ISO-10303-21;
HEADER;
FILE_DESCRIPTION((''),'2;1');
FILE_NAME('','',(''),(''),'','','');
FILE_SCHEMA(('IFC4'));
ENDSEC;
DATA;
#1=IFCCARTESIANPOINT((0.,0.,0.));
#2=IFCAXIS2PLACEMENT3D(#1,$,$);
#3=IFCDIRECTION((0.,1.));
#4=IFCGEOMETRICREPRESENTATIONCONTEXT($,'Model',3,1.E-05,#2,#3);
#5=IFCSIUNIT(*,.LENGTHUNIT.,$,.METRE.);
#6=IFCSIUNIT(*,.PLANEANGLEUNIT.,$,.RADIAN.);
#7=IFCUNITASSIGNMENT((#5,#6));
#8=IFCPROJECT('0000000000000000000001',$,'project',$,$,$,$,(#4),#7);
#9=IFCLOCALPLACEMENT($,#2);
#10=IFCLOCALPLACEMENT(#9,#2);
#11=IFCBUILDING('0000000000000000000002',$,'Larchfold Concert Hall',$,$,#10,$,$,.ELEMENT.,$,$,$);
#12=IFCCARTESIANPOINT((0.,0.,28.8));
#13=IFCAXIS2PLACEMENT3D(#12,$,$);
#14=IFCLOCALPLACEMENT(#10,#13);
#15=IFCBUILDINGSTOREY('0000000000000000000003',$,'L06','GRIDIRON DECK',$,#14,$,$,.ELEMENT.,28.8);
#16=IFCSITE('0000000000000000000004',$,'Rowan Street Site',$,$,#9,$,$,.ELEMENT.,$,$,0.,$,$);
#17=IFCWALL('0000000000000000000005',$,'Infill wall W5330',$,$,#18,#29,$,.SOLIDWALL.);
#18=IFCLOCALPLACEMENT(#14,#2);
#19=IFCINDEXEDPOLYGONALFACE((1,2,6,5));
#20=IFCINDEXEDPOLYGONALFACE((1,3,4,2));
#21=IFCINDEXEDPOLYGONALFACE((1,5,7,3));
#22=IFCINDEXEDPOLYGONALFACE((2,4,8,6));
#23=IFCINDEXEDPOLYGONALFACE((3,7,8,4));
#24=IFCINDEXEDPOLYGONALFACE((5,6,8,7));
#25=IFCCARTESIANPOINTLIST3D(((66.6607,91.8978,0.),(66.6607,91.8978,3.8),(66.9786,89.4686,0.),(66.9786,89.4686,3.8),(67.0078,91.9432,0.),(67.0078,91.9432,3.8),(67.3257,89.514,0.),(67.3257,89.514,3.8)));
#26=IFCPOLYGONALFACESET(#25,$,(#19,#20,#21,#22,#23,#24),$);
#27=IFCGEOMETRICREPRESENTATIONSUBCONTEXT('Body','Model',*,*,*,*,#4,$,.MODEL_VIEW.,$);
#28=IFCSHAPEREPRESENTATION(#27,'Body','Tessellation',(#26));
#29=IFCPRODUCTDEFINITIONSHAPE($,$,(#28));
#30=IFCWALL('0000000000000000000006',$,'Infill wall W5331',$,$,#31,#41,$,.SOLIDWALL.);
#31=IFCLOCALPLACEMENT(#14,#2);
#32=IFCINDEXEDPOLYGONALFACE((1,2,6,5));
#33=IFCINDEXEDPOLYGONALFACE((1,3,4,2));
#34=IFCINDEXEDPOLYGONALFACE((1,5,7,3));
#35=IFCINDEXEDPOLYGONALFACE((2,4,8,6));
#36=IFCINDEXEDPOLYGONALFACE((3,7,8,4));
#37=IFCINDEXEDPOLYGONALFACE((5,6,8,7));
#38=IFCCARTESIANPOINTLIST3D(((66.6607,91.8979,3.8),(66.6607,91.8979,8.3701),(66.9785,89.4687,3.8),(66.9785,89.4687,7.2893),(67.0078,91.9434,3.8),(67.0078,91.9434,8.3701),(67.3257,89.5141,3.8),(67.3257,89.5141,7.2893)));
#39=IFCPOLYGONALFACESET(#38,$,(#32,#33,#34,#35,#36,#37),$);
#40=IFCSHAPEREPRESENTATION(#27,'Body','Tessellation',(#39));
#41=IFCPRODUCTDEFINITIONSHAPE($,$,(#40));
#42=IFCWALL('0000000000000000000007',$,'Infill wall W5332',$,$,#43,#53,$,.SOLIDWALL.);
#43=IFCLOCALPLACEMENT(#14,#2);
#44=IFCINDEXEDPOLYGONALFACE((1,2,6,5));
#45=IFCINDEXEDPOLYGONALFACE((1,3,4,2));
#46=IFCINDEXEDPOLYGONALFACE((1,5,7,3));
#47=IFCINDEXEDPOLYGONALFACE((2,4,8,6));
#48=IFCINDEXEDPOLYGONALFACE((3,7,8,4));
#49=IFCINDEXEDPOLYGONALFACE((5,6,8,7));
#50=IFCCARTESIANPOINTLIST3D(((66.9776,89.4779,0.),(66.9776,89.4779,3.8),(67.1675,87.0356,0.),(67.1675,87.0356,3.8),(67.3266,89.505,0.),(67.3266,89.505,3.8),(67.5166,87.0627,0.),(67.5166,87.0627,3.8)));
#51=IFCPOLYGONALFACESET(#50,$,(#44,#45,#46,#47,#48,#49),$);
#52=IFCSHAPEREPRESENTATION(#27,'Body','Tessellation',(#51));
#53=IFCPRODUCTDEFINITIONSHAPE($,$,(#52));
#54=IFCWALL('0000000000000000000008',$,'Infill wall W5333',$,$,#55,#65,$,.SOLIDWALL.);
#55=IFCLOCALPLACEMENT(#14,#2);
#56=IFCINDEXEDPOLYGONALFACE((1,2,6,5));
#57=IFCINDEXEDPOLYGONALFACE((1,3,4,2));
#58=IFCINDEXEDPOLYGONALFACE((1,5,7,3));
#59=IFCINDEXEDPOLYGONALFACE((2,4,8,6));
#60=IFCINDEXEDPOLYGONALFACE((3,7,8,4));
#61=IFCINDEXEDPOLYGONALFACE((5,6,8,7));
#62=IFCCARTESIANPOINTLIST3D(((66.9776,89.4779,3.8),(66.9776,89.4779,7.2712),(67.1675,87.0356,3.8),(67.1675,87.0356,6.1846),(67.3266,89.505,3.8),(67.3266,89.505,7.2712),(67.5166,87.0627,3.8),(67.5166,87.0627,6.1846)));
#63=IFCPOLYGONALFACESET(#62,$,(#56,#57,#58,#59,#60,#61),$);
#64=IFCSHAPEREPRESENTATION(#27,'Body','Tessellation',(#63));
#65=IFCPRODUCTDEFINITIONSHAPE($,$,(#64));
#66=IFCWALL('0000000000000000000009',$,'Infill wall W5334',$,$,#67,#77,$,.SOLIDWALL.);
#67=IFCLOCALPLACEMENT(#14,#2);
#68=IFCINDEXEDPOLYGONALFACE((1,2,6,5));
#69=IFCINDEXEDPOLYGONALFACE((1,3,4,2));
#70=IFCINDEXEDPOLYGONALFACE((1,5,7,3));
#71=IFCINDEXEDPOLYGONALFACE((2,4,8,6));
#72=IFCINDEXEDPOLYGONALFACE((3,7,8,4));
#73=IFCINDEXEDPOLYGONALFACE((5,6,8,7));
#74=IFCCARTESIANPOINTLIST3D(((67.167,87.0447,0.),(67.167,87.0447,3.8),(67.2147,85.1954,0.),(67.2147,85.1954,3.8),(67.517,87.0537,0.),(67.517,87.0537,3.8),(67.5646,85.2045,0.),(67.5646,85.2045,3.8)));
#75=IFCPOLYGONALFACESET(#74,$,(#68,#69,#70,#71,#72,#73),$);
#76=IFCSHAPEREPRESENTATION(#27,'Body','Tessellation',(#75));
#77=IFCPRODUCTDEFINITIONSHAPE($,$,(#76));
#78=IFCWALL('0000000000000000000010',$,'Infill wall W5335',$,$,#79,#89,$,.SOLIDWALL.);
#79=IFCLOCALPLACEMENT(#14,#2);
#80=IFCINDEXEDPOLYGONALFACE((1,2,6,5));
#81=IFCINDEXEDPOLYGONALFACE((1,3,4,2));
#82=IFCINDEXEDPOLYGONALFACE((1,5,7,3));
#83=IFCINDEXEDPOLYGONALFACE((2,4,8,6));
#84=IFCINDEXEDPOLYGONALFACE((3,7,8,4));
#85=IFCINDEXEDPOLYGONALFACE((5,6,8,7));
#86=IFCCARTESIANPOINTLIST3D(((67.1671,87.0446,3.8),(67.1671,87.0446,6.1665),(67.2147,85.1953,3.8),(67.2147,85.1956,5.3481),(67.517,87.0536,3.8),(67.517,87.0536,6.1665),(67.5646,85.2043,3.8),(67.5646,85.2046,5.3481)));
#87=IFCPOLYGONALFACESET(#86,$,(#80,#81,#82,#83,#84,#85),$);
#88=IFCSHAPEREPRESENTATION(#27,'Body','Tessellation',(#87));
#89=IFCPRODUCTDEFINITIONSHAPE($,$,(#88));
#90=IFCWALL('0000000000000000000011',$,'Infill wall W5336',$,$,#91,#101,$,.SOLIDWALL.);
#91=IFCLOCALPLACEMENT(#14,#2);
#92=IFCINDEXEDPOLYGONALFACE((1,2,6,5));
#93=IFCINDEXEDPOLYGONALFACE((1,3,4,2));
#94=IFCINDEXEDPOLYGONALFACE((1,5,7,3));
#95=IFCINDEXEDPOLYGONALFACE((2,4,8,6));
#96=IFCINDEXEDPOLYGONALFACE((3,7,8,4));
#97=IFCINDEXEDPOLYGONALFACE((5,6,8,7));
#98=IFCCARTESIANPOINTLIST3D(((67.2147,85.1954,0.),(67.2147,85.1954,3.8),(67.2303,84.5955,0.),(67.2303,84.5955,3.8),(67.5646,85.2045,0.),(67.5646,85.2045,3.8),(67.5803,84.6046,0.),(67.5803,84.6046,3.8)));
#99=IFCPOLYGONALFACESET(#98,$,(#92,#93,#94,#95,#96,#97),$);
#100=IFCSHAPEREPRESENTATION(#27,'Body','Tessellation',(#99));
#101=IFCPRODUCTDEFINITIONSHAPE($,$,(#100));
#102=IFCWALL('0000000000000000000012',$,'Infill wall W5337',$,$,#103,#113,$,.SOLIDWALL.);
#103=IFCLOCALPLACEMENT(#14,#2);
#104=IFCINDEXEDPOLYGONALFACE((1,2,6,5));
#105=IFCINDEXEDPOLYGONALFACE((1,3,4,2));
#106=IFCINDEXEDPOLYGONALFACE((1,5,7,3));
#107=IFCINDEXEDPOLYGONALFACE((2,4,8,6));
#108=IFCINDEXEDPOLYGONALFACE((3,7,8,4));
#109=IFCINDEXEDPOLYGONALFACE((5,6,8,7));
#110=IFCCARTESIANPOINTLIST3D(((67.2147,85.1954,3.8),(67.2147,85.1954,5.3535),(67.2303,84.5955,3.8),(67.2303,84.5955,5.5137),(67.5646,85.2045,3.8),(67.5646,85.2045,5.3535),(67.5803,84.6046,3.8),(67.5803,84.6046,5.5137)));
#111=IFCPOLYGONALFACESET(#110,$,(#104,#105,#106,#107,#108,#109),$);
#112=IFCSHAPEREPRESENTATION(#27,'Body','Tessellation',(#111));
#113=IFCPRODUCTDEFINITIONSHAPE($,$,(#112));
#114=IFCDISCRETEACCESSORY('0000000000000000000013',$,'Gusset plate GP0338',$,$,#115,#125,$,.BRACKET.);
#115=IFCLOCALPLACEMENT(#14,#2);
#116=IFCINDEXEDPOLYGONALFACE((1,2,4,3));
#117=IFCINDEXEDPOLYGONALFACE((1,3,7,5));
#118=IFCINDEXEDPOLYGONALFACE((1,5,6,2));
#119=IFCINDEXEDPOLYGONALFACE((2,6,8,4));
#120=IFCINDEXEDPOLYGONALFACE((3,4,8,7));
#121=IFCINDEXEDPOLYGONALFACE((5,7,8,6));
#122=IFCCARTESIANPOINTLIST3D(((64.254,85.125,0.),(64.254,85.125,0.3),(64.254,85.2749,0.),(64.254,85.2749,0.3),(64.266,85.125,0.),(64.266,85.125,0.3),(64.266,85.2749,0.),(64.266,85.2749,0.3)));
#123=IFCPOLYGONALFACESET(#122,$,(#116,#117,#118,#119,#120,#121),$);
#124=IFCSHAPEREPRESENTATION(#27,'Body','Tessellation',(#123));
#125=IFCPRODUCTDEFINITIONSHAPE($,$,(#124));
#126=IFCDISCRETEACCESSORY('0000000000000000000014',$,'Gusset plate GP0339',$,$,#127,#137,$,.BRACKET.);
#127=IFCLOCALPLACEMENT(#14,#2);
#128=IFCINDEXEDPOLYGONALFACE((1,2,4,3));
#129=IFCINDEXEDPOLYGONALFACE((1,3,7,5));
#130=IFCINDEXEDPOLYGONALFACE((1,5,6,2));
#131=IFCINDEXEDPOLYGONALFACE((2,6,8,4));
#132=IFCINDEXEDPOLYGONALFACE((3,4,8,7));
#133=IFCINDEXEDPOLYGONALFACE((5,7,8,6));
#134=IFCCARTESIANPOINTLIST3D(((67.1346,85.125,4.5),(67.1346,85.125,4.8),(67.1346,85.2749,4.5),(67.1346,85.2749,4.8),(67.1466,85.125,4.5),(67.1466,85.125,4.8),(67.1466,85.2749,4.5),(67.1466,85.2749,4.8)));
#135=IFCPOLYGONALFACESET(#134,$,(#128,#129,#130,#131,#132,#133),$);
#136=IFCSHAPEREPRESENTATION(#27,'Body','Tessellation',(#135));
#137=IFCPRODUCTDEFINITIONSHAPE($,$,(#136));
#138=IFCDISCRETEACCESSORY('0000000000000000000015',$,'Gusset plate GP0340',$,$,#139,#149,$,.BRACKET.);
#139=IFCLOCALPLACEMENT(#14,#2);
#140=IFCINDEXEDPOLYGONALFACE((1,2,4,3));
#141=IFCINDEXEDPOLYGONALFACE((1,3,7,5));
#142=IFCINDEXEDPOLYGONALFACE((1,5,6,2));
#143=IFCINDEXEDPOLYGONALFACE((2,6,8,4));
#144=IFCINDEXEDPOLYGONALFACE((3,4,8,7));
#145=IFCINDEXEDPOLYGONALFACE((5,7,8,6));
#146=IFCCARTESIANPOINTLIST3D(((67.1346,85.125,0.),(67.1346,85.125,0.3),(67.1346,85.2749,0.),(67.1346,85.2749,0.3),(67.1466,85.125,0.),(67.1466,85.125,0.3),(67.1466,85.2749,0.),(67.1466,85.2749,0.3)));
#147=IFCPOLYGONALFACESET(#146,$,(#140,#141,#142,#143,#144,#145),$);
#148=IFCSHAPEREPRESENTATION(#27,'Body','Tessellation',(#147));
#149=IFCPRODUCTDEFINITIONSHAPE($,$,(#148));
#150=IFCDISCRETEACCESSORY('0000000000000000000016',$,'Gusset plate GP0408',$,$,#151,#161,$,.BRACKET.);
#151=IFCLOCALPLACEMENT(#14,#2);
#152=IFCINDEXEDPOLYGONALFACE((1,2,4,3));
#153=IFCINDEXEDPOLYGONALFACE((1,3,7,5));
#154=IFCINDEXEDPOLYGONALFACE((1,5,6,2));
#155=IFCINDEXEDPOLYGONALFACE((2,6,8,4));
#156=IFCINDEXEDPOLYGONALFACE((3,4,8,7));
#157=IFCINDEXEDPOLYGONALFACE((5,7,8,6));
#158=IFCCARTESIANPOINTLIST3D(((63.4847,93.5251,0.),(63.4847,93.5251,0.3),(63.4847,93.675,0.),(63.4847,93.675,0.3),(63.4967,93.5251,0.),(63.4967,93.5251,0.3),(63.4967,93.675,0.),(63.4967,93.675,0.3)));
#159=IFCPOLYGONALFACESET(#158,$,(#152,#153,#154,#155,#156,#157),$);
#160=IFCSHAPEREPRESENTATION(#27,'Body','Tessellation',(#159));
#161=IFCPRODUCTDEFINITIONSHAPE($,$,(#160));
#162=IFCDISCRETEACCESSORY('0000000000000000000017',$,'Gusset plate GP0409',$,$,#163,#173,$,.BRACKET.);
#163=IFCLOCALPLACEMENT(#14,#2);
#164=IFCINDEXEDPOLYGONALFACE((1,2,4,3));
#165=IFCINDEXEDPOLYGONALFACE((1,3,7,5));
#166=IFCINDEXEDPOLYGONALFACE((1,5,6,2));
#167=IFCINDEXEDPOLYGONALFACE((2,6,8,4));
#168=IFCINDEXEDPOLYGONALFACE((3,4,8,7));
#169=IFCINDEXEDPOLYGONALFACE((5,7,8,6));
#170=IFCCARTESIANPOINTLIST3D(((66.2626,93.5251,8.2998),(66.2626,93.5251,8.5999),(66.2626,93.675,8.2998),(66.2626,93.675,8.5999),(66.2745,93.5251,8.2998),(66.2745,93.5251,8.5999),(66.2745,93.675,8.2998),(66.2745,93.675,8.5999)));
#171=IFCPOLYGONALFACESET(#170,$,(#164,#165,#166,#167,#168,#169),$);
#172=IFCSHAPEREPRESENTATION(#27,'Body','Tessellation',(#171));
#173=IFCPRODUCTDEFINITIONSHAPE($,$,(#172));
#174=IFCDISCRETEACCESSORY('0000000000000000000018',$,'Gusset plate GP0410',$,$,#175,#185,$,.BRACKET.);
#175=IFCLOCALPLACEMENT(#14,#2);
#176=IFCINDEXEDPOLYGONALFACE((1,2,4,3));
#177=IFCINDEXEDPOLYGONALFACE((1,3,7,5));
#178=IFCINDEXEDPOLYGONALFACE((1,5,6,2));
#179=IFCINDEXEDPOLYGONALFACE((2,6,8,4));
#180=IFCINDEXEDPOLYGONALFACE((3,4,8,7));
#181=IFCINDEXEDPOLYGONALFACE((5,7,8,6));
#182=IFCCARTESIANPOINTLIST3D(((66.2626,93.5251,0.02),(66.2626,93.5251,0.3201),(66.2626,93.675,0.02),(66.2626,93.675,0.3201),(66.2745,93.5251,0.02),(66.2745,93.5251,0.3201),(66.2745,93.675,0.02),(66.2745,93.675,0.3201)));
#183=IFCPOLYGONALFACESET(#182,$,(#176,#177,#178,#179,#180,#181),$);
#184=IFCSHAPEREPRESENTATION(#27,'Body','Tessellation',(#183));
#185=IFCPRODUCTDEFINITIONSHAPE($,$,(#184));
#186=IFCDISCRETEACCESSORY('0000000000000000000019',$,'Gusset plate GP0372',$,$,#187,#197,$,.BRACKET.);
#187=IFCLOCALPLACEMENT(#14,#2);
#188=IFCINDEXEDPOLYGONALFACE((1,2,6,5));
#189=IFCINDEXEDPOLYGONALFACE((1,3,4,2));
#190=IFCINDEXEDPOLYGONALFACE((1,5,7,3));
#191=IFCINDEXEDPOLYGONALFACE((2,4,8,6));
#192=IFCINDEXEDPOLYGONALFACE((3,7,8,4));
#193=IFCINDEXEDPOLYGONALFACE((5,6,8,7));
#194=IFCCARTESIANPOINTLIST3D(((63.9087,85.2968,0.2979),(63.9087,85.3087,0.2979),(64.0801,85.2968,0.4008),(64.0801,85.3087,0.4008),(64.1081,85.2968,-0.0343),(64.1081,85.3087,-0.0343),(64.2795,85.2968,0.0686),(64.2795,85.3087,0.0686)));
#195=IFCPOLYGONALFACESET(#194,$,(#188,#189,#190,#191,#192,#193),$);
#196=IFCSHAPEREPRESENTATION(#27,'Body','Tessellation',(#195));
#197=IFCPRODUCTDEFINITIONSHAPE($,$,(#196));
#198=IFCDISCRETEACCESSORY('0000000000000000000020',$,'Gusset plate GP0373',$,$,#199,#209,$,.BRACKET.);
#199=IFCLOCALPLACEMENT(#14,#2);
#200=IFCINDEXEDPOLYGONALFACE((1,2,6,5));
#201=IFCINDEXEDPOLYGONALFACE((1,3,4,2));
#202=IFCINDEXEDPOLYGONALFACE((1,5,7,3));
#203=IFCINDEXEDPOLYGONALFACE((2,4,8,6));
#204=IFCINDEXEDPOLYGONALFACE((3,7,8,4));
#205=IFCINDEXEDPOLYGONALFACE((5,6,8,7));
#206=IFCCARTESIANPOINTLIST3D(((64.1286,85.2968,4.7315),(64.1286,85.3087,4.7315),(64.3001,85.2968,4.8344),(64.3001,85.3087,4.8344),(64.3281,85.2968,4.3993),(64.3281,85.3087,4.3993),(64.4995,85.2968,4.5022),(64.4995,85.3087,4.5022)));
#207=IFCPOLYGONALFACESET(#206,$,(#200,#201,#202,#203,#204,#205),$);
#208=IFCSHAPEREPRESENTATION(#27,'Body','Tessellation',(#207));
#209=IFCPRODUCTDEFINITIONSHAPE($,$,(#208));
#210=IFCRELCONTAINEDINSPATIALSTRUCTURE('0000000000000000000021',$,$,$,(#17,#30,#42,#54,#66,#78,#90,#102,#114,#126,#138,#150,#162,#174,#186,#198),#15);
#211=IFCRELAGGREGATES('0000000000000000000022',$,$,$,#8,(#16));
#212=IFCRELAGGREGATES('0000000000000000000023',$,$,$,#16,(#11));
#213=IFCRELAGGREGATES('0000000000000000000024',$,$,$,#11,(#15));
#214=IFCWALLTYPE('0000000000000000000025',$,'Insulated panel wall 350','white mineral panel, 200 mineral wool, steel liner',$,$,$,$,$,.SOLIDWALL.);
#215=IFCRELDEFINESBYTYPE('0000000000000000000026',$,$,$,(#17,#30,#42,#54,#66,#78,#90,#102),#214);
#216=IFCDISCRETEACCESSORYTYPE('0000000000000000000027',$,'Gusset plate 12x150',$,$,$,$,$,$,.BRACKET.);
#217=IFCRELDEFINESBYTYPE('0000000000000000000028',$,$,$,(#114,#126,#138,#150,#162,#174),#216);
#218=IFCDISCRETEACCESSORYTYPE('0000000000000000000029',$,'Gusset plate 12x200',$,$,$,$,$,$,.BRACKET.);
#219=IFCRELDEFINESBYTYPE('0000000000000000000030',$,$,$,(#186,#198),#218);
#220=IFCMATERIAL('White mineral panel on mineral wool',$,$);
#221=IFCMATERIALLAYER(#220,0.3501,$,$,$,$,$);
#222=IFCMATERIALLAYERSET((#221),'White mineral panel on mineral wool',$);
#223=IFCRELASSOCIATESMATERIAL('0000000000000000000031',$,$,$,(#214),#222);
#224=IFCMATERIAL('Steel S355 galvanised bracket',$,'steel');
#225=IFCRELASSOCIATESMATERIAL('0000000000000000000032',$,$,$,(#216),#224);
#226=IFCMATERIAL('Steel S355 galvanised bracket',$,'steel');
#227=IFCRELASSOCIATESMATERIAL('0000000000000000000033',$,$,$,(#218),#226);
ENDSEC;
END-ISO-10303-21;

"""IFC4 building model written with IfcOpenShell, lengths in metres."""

from ifc_helpers import new_model, si_unit, direction, frame, frame_2d, origin, origin_2d, place, context, subcontext, project, spatial, polyline, rectangle, outline, extrude, material, layer, layer_set, material_profile, profile_set, type_object, element, save


model = new_model("IFC4")

# Units and contexts
model_context = context("Model", 3, precision=1e-05, world=origin(), true_north=direction((0.0, 1.0)))
body_context = subcontext(model_context, "Body", "Model", "MODEL_VIEW")
ifc_project = project(units=[si_unit("LENGTHUNIT", "METRE"), si_unit("PLANEANGLEUNIT", "RADIAN")], contexts=[model_context])

# Site, building, storey
site_placement = place(None, origin())
site = spatial("IfcSite", under=ifc_project, at=site_placement, Name="Rowan Street Site", CompositionType="ELEMENT", RefElevation=0.0)
building_placement = place(site_placement, origin())
building = spatial("IfcBuilding", under=site, at=building_placement, Name="Larchfold Concert Hall", CompositionType="ELEMENT")
storey_placement = place(building_placement, frame((0.0, 0.0, 28.8)))
storey = spatial("IfcBuildingStorey", under=building, at=storey_placement, Name="L06", Description="GRIDIRON DECK", CompositionType="ELEMENT", Elevation=28.8)

# Walls
ifc_material_1 = material(Name="White mineral panel on mineral wool")
ifc_layer_1 = layer(ifc_material_1, 0.3501)
ifc_layer_set_1 = layer_set([ifc_layer_1], Name="White mineral panel on mineral wool")
wall_type = type_object("IfcWallType", Name="Insulated panel wall 350", Description="white mineral panel, 200 mineral wool, steel liner", PredefinedType="SOLIDWALL", material=ifc_layer_set_1)
wall_1_placement = place(storey_placement, frame((66.8342, 91.9207, 0.0), z_axis=(0.0, 0.0, 1.0), x_axis=(0.129748, -0.991547, 0.0)))
element("IfcWall", 1, at=wall_1_placement, inside=storey, type_object=wall_type, Name="Infill wall W5330", PredefinedType="SOLIDWALL", context=body_context, shape_type="SweptSolid", body=[
    extrude(rectangle(XDim=2.45, YDim=0.3501, at=frame_2d((1.2251, 0.0))), origin(), (0.0, 0.0, 1.0), 3.8),
])
wall_2_placement = place(storey_placement, frame((66.8342, 91.9207, 3.8), z_axis=(0.0, 0.0, 1.0), x_axis=(0.129748, -0.991547, 0.0)))
element("IfcWall", 2, at=wall_2_placement, inside=storey, type_object=wall_type, Name="Infill wall W5331", PredefinedType="SOLIDWALL", context=body_context, shape_type="SweptSolid", body=[
    extrude(outline(polyline([(0.0, 0.0), (2.45, 0.0), (2.45, 3.4893), (0.0, 4.5701), (0.0, 0.0)])), frame((0.0, 0.175, 0.0), z_axis=(0.0, -1.0, 0.0), x_axis=(1.0, 0.0, 0.0)), (0.0, 0.0, 1.0), 0.3501),
])
wall_3_placement = place(storey_placement, frame((67.1521, 89.4915, 0.0), z_axis=(0.0, 0.0, 1.0), x_axis=(0.077535, -0.99699, 0.0)))
element("IfcWall", 3, at=wall_3_placement, inside=storey, type_object=wall_type, Name="Infill wall W5332", PredefinedType="SOLIDWALL", context=body_context, shape_type="SweptSolid", body=[
    extrude(rectangle(XDim=2.4497, YDim=0.3501, at=frame_2d((1.2249, 0.0))), origin(), (0.0, 0.0, 1.0), 3.8),
])
wall_4_placement = place(storey_placement, frame((67.1521, 89.4915, 3.8), z_axis=(0.0, 0.0, 1.0), x_axis=(0.077535, -0.99699, 0.0)))
element("IfcWall", 4, at=wall_4_placement, inside=storey, type_object=wall_type, Name="Infill wall W5333", PredefinedType="SOLIDWALL", context=body_context, shape_type="SweptSolid", body=[
    extrude(outline(polyline([(0.0, 0.0), (2.4497, 0.0), (2.4497, 2.3845), (0.0, 3.4712), (0.0, 0.0)])), frame((0.0, 0.175, 0.0), z_axis=(0.0, -1.0, 0.0), x_axis=(1.0, 0.0, 0.0)), (0.0, 0.0, 1.0), 0.3501),
])
wall_5_placement = place(storey_placement, frame((67.342, 87.0491, 0.0), z_axis=(0.0, 0.0, 1.0), x_axis=(0.025737, -0.999669, 0.0)))
element("IfcWall", 5, at=wall_5_placement, inside=storey, type_object=wall_type, Name="Infill wall W5334", PredefinedType="SOLIDWALL", context=body_context, shape_type="SweptSolid", body=[
    extrude(rectangle(XDim=1.8499, YDim=0.3501, at=frame_2d((0.9248, 0.0))), origin(), (0.0, 0.0, 1.0), 3.8),
])
wall_6_placement = place(storey_placement, frame((67.342, 87.0491, 3.8), z_axis=(0.0, 0.0, 1.0), x_axis=(0.025737, -0.999669, 0.0)))
element("IfcWall", 6, at=wall_6_placement, inside=storey, type_object=wall_type, Name="Infill wall W5335", PredefinedType="SOLIDWALL", context=body_context, shape_type="SweptSolid", body=[
    extrude(outline(polyline([(0.0, 0.0), (1.8499, 0.0), (1.8496, 1.5481), (0.0, 2.3665), (0.0, 0.0)])), frame((0.0, 0.175, 0.0), z_axis=(0.0, -1.0, 0.0), x_axis=(1.0, 0.0, 0.0)), (0.0, 0.0, 1.0), 0.3501),
])
wall_7_placement = place(storey_placement, frame((67.3896, 85.2, 0.0), z_axis=(0.0, 0.0, 1.0), x_axis=(0.026039, -0.999661, 0.0)))
element("IfcWall", 7, at=wall_7_placement, inside=storey, type_object=wall_type, Name="Infill wall W5336", PredefinedType="SOLIDWALL", context=body_context, shape_type="SweptSolid", body=[
    extrude(rectangle(XDim=0.6001, YDim=0.3501, at=frame_2d((0.3, 0.0))), origin(), (0.0, 0.0, 1.0), 3.8),
])
wall_8_placement = place(storey_placement, frame((67.3896, 85.2, 3.8), z_axis=(0.0, 0.0, 1.0), x_axis=(0.026039, -0.999661, 0.0)))
element("IfcWall", 8, at=wall_8_placement, inside=storey, type_object=wall_type, Name="Infill wall W5337", PredefinedType="SOLIDWALL", context=body_context, shape_type="SweptSolid", body=[
    extrude(outline(polyline([(0.0, 0.0), (0.6001, 0.0), (0.6001, 1.7136), (0.0, 1.5535), (0.0, 0.0)])), frame((0.0, 0.175, 0.0), z_axis=(0.0, -1.0, 0.0), x_axis=(1.0, 0.0, 0.0)), (0.0, 0.0, 1.0), 0.3501),
])

# Discrete accessories
ifc_material_2 = material(Name="Steel S355 galvanised bracket", Category="steel")
ifc_material_profile_1 = material_profile(ifc_material_2, rectangle(XDim=0.012, YDim=0.1499, at=origin_2d()))
ifc_profile_set_1 = profile_set([ifc_material_profile_1], Name="Steel S355 galvanised bracket")
discrete_accessory_type_1 = type_object("IfcDiscreteAccessoryType", Name="Gusset plate 12x150", PredefinedType="BRACKET", material=ifc_profile_set_1)
for number, where, z_axis, x_axis, name in (
    (9, (64.26, 85.2, 0.3), (0.0, 0.0, -1.0), (1.0, 0.0, 0.0), "Gusset plate GP0338"),
    (10, (67.1406, 85.2, 4.8), (0.0, 0.0, -1.0), (1.0, 0.0, 0.0), "Gusset plate GP0339"),
    (11, (67.1406, 85.2, 0.3), (0.0, 0.0, -1.0), (1.0, 0.0, 0.0), "Gusset plate GP0340"),
    (12, (63.4907, 93.6001, 0.3), (0.0, 0.0, -1.0), (1.0, 0.0, 0.0), "Gusset plate GP0408"),
    (13, (66.2686, 93.6001, 8.5999), (0.0, 0.0, -1.0), (1.0, 0.0, 0.0), "Gusset plate GP0409"),
    (14, (66.2686, 93.6001, 0.3201), (0.0, 0.0, -1.0), (1.0, 0.0, 0.0), "Gusset plate GP0410"),
):
    element("IfcDiscreteAccessory", number, at=place(storey_placement, frame(where, z_axis=z_axis, x_axis=x_axis)), inside=storey, type_object=discrete_accessory_type_1, Name=name, PredefinedType="BRACKET", context=body_context, shape_type="SweptSolid", body=[
        extrude(rectangle(XDim=0.012, YDim=0.1499, at=origin_2d()), origin(), (0.0, 0.0, 1.0), 0.3),
    ])
ifc_material_3 = material(Name="Steel S355 galvanised bracket", Category="steel")
ifc_material_profile_2 = material_profile(ifc_material_3, rectangle(XDim=0.012, YDim=0.2, at=origin_2d()))
ifc_profile_set_2 = profile_set([ifc_material_profile_2], Name="Steel S355 galvanised bracket")
discrete_accessory_type_2 = type_object("IfcDiscreteAccessoryType", Name="Gusset plate 12x200", PredefinedType="BRACKET", material=ifc_profile_set_2)
for number, where, z_axis, x_axis, name in (
    (15, (63.9944, 85.3027, 0.3494), (0.514681, 0.0, -0.857382), (0.0, 1.0, 0.0), "Gusset plate GP0372"),
    (16, (64.2144, 85.3027, 4.783), (0.514681, 0.0, -0.857382), (0.0, 1.0, 0.0), "Gusset plate GP0373"),
):
    element("IfcDiscreteAccessory", number, at=place(storey_placement, frame(where, z_axis=z_axis, x_axis=x_axis)), inside=storey, type_object=discrete_accessory_type_2, Name=name, PredefinedType="BRACKET", context=body_context, shape_type="SweptSolid", body=[
        extrude(rectangle(XDim=0.012, YDim=0.2, at=origin_2d()), origin(), (0.0, 0.0, 1.0), 0.3875),
    ])

save(model, "model.ifc")
